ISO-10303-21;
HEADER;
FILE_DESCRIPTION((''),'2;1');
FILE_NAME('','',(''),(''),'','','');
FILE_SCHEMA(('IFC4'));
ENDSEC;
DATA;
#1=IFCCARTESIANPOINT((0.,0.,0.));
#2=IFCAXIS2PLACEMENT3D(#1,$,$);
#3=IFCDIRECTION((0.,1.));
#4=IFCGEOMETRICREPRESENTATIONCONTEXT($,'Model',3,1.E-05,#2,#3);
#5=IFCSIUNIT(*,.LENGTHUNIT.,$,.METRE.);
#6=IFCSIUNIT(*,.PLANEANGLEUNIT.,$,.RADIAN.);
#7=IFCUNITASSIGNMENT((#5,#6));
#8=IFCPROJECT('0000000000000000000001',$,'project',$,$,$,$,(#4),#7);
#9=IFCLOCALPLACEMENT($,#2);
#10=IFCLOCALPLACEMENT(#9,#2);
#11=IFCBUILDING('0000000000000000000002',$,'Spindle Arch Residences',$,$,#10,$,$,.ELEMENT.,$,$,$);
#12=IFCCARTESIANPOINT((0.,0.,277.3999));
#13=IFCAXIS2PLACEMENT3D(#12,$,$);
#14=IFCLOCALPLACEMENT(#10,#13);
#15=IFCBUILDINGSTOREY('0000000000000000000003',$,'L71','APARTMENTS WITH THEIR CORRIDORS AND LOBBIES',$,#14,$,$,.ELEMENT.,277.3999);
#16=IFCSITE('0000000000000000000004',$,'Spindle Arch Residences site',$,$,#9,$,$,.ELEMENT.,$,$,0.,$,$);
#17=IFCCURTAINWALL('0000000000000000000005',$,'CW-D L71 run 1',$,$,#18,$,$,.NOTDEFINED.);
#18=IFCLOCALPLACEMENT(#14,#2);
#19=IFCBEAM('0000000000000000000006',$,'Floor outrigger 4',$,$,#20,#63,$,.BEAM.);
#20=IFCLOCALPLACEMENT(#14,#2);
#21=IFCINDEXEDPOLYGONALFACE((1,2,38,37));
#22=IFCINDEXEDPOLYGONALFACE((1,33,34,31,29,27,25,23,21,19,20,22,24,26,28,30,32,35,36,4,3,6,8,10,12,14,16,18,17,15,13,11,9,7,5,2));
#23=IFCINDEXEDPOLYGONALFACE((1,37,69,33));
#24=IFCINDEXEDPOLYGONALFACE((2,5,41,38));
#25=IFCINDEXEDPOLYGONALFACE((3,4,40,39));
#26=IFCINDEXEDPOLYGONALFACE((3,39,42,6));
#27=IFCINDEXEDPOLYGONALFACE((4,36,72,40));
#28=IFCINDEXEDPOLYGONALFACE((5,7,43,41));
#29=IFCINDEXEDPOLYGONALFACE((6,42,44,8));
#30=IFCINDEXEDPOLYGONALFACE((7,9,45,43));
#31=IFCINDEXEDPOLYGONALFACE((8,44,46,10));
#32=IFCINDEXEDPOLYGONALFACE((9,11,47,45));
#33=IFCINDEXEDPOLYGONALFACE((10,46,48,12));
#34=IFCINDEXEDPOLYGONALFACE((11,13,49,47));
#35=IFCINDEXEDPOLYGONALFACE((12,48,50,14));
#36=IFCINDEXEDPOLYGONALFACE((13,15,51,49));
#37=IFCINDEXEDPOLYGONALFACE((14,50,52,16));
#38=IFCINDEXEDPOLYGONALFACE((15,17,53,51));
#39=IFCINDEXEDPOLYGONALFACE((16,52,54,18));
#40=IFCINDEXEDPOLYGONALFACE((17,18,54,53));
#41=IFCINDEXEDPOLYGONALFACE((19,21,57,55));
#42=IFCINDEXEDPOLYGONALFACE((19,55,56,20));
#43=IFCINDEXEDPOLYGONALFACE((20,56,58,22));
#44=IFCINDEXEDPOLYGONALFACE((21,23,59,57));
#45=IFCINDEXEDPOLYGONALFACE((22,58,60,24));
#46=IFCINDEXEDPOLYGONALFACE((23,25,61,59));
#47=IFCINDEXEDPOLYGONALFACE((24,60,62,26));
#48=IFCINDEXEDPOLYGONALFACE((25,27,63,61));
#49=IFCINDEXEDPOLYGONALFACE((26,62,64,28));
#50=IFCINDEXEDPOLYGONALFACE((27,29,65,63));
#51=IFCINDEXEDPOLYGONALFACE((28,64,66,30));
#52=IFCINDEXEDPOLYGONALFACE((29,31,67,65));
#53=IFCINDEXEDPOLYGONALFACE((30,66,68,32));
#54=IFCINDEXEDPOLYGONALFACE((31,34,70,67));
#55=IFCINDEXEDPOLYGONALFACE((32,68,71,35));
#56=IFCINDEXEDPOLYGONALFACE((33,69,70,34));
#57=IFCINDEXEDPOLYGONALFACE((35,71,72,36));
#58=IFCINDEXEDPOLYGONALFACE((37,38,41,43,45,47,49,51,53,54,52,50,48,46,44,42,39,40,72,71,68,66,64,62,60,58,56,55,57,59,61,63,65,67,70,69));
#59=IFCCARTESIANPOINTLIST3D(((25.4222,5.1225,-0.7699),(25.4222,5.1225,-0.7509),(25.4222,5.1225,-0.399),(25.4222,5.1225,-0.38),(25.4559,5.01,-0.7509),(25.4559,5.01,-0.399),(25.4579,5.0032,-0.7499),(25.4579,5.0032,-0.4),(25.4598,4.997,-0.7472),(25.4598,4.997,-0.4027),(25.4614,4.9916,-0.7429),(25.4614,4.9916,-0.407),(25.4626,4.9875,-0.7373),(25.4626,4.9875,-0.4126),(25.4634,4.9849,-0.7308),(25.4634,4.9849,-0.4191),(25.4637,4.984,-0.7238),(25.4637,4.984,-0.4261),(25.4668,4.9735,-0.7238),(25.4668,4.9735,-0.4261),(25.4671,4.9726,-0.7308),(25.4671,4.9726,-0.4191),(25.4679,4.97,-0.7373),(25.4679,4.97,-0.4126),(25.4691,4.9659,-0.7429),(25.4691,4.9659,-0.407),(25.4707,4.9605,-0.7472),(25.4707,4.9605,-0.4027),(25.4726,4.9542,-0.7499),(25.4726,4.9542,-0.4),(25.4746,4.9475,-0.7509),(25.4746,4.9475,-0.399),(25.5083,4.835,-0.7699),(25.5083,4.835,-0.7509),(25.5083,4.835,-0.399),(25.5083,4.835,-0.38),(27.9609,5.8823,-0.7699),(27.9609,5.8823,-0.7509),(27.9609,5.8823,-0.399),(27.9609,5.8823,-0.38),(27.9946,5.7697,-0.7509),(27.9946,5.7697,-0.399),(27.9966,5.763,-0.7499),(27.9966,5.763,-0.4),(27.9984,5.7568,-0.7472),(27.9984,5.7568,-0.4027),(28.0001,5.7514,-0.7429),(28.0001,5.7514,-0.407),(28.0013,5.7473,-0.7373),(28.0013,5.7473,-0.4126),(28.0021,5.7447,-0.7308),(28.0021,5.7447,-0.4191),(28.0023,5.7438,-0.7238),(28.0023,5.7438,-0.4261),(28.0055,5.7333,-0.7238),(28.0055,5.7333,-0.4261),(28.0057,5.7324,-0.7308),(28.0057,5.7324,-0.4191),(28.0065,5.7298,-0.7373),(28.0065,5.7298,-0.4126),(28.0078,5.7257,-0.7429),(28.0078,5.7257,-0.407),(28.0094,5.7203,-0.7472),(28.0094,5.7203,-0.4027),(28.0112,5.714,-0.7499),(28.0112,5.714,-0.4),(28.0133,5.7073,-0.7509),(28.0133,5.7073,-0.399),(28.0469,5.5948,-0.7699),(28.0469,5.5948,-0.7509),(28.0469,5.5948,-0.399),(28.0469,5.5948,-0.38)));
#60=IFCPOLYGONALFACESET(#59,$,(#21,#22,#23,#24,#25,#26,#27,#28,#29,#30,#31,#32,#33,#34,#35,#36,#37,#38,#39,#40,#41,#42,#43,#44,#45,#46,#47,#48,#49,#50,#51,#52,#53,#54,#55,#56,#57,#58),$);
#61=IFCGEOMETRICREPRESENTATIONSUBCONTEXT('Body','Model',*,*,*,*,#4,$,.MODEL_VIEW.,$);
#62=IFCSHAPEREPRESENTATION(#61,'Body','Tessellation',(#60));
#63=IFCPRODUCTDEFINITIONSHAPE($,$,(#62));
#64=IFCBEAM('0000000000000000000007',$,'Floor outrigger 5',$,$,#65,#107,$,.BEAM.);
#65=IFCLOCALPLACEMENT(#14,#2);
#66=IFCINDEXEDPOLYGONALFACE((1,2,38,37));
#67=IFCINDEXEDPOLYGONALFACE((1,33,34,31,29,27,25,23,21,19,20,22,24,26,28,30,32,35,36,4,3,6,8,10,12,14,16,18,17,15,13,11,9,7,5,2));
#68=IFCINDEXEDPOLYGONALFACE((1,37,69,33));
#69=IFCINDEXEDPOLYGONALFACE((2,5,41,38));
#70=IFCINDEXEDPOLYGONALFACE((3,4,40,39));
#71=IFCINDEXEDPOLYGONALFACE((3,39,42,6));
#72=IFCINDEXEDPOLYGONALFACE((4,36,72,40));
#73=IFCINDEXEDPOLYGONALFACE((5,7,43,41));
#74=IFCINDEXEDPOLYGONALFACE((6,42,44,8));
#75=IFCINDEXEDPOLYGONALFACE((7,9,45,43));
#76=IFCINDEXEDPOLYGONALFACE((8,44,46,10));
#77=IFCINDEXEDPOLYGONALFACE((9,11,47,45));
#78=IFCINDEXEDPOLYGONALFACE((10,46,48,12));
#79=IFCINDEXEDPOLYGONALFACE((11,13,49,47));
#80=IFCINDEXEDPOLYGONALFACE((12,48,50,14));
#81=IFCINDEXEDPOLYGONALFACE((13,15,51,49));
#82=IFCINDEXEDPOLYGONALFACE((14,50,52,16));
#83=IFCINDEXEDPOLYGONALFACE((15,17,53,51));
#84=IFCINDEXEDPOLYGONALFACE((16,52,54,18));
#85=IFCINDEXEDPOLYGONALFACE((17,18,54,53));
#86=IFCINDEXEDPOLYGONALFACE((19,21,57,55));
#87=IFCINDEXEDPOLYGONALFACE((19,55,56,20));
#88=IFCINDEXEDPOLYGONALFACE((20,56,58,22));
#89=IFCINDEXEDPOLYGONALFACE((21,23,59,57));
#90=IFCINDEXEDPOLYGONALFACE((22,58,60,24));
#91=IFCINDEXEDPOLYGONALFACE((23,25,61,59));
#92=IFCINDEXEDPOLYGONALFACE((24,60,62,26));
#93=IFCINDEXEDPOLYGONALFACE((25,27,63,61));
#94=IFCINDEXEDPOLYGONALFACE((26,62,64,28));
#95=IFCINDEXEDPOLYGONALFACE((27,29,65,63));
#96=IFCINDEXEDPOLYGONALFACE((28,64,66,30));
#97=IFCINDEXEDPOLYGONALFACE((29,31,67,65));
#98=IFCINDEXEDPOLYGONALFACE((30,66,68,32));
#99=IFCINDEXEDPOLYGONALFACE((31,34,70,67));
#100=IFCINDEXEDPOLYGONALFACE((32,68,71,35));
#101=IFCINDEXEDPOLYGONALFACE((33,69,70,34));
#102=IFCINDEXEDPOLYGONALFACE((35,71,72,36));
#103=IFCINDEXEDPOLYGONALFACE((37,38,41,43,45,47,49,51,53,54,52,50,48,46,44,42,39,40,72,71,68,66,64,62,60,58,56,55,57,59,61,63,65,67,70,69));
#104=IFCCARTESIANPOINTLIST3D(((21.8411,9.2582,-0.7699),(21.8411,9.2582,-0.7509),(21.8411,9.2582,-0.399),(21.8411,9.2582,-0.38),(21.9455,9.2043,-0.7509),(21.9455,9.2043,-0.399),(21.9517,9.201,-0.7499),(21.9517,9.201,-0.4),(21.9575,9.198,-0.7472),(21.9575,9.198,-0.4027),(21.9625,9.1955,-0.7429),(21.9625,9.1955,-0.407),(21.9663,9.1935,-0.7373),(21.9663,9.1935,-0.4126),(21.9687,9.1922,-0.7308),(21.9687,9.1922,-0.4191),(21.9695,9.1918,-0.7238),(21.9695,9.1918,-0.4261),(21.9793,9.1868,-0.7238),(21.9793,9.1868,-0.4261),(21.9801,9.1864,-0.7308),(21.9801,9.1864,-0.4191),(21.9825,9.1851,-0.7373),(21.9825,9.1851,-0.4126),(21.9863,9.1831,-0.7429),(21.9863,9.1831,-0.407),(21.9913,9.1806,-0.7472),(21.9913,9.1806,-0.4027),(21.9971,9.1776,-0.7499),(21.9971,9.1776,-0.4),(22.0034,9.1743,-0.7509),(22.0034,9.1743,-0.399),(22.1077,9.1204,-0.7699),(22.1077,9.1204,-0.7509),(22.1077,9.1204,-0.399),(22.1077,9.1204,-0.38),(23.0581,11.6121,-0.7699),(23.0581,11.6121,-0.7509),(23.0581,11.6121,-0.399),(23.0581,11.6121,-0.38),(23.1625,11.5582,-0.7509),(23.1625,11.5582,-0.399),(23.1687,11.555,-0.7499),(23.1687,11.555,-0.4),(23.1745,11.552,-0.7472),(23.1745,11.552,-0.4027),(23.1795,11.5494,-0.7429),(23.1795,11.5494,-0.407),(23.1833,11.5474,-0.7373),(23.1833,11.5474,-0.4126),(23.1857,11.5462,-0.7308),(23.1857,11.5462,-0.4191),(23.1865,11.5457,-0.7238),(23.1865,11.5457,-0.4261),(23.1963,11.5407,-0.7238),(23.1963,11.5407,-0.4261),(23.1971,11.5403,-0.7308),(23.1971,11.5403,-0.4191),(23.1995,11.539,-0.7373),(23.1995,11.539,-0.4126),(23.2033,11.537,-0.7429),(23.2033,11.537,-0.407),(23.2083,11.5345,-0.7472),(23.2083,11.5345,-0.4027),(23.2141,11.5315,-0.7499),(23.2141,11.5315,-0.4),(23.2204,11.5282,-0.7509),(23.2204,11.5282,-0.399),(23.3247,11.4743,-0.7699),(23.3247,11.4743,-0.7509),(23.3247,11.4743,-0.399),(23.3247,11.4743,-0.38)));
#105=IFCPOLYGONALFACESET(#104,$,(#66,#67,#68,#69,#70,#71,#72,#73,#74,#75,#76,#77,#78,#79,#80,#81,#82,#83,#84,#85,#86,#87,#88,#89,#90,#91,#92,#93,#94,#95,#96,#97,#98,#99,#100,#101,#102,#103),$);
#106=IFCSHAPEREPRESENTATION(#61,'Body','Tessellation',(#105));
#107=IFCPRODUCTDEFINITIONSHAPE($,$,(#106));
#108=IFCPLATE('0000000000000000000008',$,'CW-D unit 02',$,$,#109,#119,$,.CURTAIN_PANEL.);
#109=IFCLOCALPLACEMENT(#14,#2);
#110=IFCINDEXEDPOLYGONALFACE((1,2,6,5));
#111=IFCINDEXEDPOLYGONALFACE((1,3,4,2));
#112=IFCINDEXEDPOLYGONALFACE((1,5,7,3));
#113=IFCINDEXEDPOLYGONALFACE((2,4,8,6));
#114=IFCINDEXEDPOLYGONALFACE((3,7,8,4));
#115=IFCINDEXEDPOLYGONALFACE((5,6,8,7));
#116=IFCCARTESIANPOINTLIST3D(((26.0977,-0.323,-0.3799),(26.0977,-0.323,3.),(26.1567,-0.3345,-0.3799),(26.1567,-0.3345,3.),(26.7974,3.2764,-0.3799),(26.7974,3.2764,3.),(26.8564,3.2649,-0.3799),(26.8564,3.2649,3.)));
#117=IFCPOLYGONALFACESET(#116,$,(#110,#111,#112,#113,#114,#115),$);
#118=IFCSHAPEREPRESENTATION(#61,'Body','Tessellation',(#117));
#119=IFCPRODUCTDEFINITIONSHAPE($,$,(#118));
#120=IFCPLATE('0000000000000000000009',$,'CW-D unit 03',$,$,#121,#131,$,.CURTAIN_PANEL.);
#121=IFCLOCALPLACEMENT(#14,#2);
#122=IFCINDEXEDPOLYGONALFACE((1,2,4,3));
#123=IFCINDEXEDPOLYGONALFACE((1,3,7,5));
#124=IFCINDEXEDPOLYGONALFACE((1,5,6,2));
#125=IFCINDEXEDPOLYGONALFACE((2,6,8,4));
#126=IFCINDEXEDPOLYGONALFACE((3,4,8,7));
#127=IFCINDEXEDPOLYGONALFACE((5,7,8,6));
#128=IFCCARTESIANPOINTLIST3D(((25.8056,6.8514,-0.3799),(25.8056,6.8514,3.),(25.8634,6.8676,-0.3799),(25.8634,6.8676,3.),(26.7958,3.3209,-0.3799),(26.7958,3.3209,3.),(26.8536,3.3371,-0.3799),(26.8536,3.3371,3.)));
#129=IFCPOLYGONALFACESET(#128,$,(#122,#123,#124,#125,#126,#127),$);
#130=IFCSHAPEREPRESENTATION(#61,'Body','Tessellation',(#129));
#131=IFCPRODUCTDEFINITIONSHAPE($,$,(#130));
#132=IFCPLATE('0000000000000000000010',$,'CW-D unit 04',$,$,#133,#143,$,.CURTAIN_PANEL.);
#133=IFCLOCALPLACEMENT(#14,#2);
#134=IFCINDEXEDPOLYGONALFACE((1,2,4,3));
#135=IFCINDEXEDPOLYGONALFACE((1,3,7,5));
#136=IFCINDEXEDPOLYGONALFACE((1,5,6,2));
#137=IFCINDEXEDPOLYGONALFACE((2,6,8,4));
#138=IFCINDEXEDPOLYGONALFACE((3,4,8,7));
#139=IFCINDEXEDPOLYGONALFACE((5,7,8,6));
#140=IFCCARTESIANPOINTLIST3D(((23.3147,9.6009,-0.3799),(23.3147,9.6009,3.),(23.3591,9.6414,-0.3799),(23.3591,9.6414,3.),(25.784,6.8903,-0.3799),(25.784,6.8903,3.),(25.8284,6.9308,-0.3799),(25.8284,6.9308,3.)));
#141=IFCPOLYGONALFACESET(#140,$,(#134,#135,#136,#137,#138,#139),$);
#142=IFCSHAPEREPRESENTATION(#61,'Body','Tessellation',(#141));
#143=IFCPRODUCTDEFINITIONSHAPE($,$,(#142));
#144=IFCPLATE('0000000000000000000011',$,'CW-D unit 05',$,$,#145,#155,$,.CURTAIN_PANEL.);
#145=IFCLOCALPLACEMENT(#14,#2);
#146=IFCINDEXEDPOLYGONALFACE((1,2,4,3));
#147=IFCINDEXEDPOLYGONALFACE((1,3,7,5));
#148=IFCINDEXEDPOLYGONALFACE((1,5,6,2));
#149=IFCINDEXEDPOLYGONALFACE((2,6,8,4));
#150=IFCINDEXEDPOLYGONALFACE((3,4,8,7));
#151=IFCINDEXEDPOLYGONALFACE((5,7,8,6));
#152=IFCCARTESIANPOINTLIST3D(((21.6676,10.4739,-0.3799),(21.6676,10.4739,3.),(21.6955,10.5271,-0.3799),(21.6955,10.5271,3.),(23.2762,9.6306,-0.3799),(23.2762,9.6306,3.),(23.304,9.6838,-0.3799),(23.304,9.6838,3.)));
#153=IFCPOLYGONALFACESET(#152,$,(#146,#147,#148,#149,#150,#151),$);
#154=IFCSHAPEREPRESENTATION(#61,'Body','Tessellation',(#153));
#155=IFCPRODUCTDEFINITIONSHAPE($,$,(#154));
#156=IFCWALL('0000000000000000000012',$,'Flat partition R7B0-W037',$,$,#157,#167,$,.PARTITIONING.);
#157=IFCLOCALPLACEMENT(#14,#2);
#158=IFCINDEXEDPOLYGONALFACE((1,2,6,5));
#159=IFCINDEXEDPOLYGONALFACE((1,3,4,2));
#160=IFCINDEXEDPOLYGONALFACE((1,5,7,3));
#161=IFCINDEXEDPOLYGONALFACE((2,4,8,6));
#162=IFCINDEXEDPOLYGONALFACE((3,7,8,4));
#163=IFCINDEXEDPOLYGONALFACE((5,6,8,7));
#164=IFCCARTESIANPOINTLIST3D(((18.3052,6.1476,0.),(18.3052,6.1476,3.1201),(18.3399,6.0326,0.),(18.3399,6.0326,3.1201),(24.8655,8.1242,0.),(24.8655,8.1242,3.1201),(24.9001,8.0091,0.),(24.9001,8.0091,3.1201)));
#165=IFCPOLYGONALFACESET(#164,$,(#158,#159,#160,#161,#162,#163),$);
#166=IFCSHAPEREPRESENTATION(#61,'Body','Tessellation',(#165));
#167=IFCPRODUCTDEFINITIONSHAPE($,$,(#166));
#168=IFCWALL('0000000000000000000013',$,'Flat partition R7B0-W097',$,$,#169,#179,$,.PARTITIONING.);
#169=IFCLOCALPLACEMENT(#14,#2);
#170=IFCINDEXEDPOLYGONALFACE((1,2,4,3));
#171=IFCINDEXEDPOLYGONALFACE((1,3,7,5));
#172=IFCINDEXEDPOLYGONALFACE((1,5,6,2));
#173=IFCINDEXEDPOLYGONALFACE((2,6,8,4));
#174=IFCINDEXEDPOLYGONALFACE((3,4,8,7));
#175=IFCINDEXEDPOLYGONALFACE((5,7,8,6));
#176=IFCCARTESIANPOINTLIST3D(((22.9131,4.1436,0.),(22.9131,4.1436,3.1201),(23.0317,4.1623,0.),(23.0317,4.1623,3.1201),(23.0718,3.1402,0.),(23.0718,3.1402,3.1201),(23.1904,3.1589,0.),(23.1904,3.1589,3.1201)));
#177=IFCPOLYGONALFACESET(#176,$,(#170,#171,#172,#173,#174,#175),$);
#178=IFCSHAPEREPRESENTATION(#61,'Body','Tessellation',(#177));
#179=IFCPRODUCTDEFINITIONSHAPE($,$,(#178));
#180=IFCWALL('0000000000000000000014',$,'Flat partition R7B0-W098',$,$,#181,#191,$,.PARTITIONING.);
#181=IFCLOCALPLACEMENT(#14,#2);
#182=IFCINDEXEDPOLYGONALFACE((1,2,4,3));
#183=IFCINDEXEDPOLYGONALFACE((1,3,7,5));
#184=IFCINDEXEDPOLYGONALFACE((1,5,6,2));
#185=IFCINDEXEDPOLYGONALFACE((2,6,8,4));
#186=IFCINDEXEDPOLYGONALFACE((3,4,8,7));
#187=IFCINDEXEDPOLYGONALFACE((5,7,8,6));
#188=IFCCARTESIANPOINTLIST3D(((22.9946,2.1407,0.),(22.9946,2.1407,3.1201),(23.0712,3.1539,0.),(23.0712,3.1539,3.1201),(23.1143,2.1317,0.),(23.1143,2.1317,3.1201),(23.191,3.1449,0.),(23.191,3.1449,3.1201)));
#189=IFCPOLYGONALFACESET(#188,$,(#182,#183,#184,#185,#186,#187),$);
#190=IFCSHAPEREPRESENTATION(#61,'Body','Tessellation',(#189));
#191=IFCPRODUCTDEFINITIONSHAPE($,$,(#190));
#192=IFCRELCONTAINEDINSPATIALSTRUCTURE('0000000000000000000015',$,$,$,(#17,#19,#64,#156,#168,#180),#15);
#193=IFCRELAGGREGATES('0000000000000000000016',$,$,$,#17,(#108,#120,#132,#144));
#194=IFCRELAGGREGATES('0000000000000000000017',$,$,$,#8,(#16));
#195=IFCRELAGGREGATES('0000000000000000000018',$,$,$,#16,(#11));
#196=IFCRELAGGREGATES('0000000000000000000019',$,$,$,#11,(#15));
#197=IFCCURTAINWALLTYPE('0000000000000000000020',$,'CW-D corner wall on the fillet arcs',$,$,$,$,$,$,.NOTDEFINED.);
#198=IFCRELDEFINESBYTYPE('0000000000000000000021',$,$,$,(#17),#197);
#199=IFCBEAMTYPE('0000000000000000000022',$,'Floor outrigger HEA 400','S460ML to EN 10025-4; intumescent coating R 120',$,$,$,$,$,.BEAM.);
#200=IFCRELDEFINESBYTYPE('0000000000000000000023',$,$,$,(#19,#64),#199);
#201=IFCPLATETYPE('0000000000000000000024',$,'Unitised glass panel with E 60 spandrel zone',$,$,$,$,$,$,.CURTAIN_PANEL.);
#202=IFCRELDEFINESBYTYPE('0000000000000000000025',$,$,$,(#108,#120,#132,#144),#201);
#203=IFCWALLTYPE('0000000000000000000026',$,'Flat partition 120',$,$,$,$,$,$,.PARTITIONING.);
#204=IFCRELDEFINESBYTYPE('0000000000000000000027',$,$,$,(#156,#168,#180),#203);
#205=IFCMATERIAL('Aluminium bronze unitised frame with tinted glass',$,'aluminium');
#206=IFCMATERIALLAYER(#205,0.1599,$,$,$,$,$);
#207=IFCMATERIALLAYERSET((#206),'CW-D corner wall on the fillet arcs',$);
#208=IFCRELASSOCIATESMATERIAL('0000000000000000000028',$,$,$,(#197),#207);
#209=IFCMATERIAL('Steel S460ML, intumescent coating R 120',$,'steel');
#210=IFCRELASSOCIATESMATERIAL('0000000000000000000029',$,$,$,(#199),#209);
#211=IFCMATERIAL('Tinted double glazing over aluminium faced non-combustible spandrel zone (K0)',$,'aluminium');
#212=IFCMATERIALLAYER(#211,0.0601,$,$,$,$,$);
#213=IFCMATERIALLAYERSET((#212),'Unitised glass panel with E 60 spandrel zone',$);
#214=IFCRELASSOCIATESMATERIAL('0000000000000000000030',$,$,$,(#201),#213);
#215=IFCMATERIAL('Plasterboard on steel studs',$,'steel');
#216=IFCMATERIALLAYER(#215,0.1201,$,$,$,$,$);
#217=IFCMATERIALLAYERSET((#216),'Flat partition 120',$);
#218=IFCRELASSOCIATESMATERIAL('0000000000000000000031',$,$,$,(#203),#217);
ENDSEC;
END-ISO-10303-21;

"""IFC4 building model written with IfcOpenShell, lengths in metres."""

from ifc_helpers import new_model, si_unit, direction, frame, frame_2d, origin, origin_2d, place, context, subcontext, project, spatial, rectangle, i_section, extrude, material, layer, layer_set, material_profile, profile_set, type_object, element, aggregate, save


model = new_model("IFC4")

# Units and contexts
model_context = context("Model", 3, precision=1e-05, world=origin(), true_north=direction((0.0, 1.0)))
body_context = subcontext(model_context, "Body", "Model", "MODEL_VIEW")
ifc_project = project(units=[si_unit("LENGTHUNIT", "METRE"), si_unit("PLANEANGLEUNIT", "RADIAN")], contexts=[model_context])

# Site, building, storey
site_placement = place(None, origin())
site = spatial("IfcSite", under=ifc_project, at=site_placement, Name="Spindle Arch Residences site", CompositionType="ELEMENT", RefElevation=0.0)
building_placement = place(site_placement, origin())
building = spatial("IfcBuilding", under=site, at=building_placement, Name="Spindle Arch Residences", CompositionType="ELEMENT")
storey_placement = place(building_placement, frame((0.0, 0.0, 277.3999)))
storey = spatial("IfcBuildingStorey", under=building, at=storey_placement, Name="L71", Description="APARTMENTS WITH THEIR CORRIDORS AND LOBBIES", CompositionType="ELEMENT", Elevation=277.3999)

# Curtain wall
ifc_material_1 = material(Name="Aluminium bronze unitised frame with tinted glass", Category="aluminium")
ifc_layer_1 = layer(ifc_material_1, 0.1599)
ifc_layer_set_1 = layer_set([ifc_layer_1], Name="CW-D corner wall on the fillet arcs")
curtain_wall_type = type_object("IfcCurtainWallType", Name="CW-D corner wall on the fillet arcs", PredefinedType="NOTDEFINED", material=ifc_layer_set_1)
curtain_wall_placement = place(storey_placement, origin())
curtain_wall = element("IfcCurtainWall", 1, at=curtain_wall_placement, inside=storey, type_object=curtain_wall_type, Name="CW-D L71 run 1", PredefinedType="NOTDEFINED")

# Beams
ifc_material_2 = material(Name="Steel S460ML, intumescent coating R 120", Category="steel")
ifc_material_profile_1 = material_profile(ifc_material_2, i_section(OverallWidth=0.3, OverallDepth=0.3899, WebThickness=0.011, FlangeThickness=0.019, FilletRadius=0.0271, at=origin_2d()), Name="HEA 400")
ifc_profile_set_1 = profile_set([ifc_material_profile_1], Name="Steel S460ML, intumescent coating R 120")
beam_type_1 = type_object("IfcBeamType", Name="Floor outrigger HEA 400", Description="S460ML to EN 10025-4; intumescent coating R 120", PredefinedType="BEAM", material=ifc_profile_set_1)
for number, where, z_axis, x_axis, name in (
    (2, (28.0039, 5.7385, -0.575), (-0.958014, -0.286722, 0.0), (0.286722, -0.958014, 0.0), "Floor outrigger 4"),
    (3, (23.1914, 11.5432, -0.575), (-0.45926, -0.888302, 0.0), (0.888302, -0.45926, 0.0), "Floor outrigger 5"),
):
    element("IfcBeam", number, at=place(storey_placement, frame(where, z_axis=z_axis, x_axis=x_axis)), inside=storey, type_object=beam_type_1, Name=name, PredefinedType="BEAM", context=body_context, shape_type="SweptSolid", body=[
        extrude(i_section(OverallWidth=0.3, OverallDepth=0.3899, WebThickness=0.011, FlangeThickness=0.019, FilletRadius=0.0271, at=origin_2d()), origin(), (0.0, 0.0, 1.0), 2.6499),
    ])

# Plates
ifc_material_3 = material(Name="Tinted double glazing over aluminium faced non-combustible spandrel zone (K0)", Category="aluminium")
ifc_layer_2 = layer(ifc_material_3, 0.0601)
ifc_layer_set_2 = layer_set([ifc_layer_2], Name="Unitised glass panel with E 60 spandrel zone")
plate_type = type_object("IfcPlateType", Name="Unitised glass panel with E 60 spandrel zone", PredefinedType="CURTAIN_PANEL", material=ifc_layer_set_2)
plate_1_placement = place(storey_placement, frame((26.4771, 1.4709, -0.3799), z_axis=(0.0, 0.0, 1.0), x_axis=(0.190809, 0.981627, 0.0)))
plate_1 = element("IfcPlate", 4, at=plate_1_placement, type_object=plate_type, Name="CW-D unit 02", PredefinedType="CURTAIN_PANEL", context=body_context, shape_type="SweptSolid", body=[
    extrude(rectangle(XDim=3.6667, YDim=0.0601, at=origin_2d()), origin(), (0.0, 0.0, 1.0), 3.3799),
])
plate_2_placement = place(storey_placement, frame((26.3296, 5.0942, -0.3799), z_axis=(0.0, 0.0, 1.0), x_axis=(-0.27004, 0.962849, 0.0)))
plate_2 = element("IfcPlate", 5, at=plate_2_placement, type_object=plate_type, Name="CW-D unit 03", PredefinedType="CURTAIN_PANEL", context=body_context, shape_type="SweptSolid", body=[
    extrude(rectangle(XDim=3.6667, YDim=0.0601, at=origin_2d()), origin(), (0.0, 0.0, 1.0), 3.3799),
])
plate_3_placement = place(storey_placement, frame((24.5715, 8.2659, -0.3799), z_axis=(0.0, 0.0, 1.0), x_axis=(-0.673443, 0.739239, 0.0)))
plate_3 = element("IfcPlate", 6, at=plate_3_placement, type_object=plate_type, Name="CW-D unit 04", PredefinedType="CURTAIN_PANEL", context=body_context, shape_type="SweptSolid", body=[
    extrude(rectangle(XDim=3.6667, YDim=0.0601, at=origin_2d()), origin(), (0.0, 0.0, 1.0), 3.3799),
])
plate_4_placement = place(storey_placement, frame((22.4858, 10.0789, -0.3799), z_axis=(0.0, 0.0, 1.0), x_axis=(-0.885664, 0.464327, 0.0)))
plate_4 = element("IfcPlate", 7, at=plate_4_placement, type_object=plate_type, Name="CW-D unit 05", PredefinedType="CURTAIN_PANEL", context=body_context, shape_type="SweptSolid", body=[
    extrude(rectangle(XDim=1.8162, YDim=0.0601, at=origin_2d()), origin(), (0.0, 0.0, 1.0), 3.3799),
])
aggregate(curtain_wall, [plate_1, plate_2, plate_3, plate_4])

# Walls
ifc_material_4 = material(Name="Plasterboard on steel studs", Category="steel")
ifc_layer_3 = layer(ifc_material_4, 0.1201)
ifc_layer_set_3 = layer_set([ifc_layer_3], Name="Flat partition 120")
wall_type = type_object("IfcWallType", Name="Flat partition 120", PredefinedType="PARTITIONING", material=ifc_layer_set_3)
wall_1_placement = place(storey_placement, frame((24.8828, 8.0667, 0.0), z_axis=(0.0, 0.0, 1.0), x_axis=(-0.957485, -0.288482, 0.0)))
element("IfcWall", 8, at=wall_1_placement, inside=storey, type_object=wall_type, Name="Flat partition R7B0-W037", PredefinedType="PARTITIONING", context=body_context, shape_type="SweptSolid", body=[
    extrude(rectangle(XDim=6.8516, YDim=0.1201, at=frame_2d((3.4258, 0.0))), origin(), (0.0, 0.0, 1.0), 3.1201),
])
wall_2_placement = place(storey_placement, frame((22.9724, 4.1528, 0.0), z_axis=(0.0, 0.0, 1.0), x_axis=(0.156209, -0.987724, 0.0)))
element("IfcWall", 9, at=wall_2_placement, inside=storey, type_object=wall_type, Name="Flat partition R7B0-W097", PredefinedType="PARTITIONING", context=body_context, shape_type="SweptSolid", body=[
    extrude(rectangle(XDim=1.0159, YDim=0.1201, at=frame_2d((0.5078, 0.0))), origin(), (0.0, 0.0, 1.0), 3.1201),
])
wall_3_placement = place(storey_placement, frame((23.1311, 3.1494, 0.0), z_axis=(0.0, 0.0, 1.0), x_axis=(-0.075447, -0.99715, 0.0)))
element("IfcWall", 10, at=wall_3_placement, inside=storey, type_object=wall_type, Name="Flat partition R7B0-W098", PredefinedType="PARTITIONING", context=body_context, shape_type="SweptSolid", body=[
    extrude(rectangle(XDim=1.0161, YDim=0.1201, at=frame_2d((0.5081, 0.0))), origin(), (0.0, 0.0, 1.0), 3.1201),
])

save(model, "model.ifc")
